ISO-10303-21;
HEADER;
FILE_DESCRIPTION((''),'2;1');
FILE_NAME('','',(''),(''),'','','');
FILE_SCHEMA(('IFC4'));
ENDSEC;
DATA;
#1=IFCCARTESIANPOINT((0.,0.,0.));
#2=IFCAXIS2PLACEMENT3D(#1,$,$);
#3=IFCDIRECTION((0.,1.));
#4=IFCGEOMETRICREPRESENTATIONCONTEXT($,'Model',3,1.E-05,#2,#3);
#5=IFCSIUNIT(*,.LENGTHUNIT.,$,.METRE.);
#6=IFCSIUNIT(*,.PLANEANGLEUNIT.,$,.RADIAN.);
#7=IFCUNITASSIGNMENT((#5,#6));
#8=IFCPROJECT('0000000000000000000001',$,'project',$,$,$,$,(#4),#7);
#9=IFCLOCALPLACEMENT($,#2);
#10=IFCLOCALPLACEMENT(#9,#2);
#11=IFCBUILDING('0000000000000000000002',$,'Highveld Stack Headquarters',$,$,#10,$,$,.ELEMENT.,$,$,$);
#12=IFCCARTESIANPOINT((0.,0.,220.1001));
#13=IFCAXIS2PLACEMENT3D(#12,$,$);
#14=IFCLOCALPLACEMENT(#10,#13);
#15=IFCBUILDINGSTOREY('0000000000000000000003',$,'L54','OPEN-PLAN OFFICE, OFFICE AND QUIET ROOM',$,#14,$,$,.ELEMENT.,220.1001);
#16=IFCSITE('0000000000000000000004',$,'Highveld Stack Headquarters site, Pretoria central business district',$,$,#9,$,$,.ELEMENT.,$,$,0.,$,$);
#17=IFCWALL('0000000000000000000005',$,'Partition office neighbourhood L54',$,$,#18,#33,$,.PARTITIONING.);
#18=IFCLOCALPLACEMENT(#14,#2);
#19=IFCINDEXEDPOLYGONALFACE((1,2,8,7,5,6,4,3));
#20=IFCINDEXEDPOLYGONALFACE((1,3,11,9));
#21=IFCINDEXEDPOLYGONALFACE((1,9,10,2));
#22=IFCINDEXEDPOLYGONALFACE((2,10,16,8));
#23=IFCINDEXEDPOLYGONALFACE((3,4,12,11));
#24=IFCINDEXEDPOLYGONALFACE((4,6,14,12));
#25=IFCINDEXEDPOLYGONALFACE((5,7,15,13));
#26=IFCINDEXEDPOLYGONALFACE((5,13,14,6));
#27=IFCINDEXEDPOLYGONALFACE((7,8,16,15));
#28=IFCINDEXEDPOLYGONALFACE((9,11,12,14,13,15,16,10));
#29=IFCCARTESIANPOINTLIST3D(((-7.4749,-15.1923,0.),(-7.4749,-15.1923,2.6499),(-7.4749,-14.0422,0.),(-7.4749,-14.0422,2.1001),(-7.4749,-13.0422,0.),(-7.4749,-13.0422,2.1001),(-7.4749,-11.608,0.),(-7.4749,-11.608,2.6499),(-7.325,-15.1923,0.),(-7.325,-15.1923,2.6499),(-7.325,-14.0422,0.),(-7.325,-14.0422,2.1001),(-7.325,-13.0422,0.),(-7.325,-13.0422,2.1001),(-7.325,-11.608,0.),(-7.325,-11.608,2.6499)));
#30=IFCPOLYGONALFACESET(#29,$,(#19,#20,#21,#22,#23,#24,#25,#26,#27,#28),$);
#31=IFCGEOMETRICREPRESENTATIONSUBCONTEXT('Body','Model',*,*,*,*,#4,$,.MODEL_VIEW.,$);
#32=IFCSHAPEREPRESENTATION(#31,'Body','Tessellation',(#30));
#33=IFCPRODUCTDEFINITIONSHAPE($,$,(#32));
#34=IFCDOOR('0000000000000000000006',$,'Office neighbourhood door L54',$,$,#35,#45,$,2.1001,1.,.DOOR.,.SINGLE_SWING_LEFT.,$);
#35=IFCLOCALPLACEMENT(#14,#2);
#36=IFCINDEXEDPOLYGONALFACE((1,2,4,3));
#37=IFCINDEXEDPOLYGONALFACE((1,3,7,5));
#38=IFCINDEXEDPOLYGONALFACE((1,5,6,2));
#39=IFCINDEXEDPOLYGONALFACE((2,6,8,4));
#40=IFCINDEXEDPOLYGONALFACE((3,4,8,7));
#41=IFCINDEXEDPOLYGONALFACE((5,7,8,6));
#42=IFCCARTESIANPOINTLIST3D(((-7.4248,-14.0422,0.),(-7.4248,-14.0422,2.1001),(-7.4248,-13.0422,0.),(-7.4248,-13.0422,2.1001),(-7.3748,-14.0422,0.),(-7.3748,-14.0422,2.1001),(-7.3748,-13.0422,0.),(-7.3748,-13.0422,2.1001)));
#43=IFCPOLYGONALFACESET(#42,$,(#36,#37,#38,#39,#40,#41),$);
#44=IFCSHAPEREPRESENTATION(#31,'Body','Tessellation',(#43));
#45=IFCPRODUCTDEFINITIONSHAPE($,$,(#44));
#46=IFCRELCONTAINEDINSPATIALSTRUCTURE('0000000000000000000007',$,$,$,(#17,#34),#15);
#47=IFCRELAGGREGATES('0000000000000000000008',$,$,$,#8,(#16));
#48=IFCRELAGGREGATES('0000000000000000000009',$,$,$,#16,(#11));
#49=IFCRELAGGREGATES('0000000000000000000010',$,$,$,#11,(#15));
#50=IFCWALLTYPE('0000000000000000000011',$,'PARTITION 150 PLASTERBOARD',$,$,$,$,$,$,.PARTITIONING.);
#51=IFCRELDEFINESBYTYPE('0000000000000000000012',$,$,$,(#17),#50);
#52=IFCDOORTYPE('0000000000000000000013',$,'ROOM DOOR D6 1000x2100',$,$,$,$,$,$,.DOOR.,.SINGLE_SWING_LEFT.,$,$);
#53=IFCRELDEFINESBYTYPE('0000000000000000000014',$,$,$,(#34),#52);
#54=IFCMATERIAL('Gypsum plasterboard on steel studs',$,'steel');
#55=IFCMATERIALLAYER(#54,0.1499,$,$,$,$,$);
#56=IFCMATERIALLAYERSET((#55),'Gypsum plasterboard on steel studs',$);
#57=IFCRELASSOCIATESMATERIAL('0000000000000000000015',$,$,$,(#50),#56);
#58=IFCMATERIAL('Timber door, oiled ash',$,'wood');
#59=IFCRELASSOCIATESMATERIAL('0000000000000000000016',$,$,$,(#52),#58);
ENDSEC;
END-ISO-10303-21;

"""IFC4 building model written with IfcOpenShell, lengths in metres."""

from ifc_helpers import new_model, si_unit, direction, frame, frame_2d, origin, place, context, subcontext, project, spatial, rectangle, extrude, material, layer, layer_set, type_object, element, fill, save


model = new_model("IFC4")

# Units and contexts
model_context = context("Model", 3, precision=1e-05, world=origin(), true_north=direction((0.0, 1.0)))
body_context = subcontext(model_context, "Body", "Model", "MODEL_VIEW")
ifc_project = project(units=[si_unit("LENGTHUNIT", "METRE"), si_unit("PLANEANGLEUNIT", "RADIAN")], contexts=[model_context])

# Site, building, storey
site_placement = place(None, origin())
site = spatial("IfcSite", under=ifc_project, at=site_placement, Name="Highveld Stack Headquarters site, Pretoria central business district", CompositionType="ELEMENT", RefElevation=0.0)
building_placement = place(site_placement, origin())
building = spatial("IfcBuilding", under=site, at=building_placement, Name="Highveld Stack Headquarters", CompositionType="ELEMENT")
storey_placement = place(building_placement, frame((0.0, 0.0, 220.1001)))
storey = spatial("IfcBuildingStorey", under=building, at=storey_placement, Name="L54", Description="OPEN-PLAN OFFICE, OFFICE AND QUIET ROOM", CompositionType="ELEMENT", Elevation=220.1001)

# Shared definitions
ifc_material_1 = material(Name="Gypsum plasterboard on steel studs", Category="steel")
ifc_layer_1 = layer(ifc_material_1, 0.1499)
ifc_layer_set_1 = layer_set([ifc_layer_1], Name="Gypsum plasterboard on steel studs")
wall_type = type_object("IfcWallType", Name="PARTITION 150 PLASTERBOARD", PredefinedType="PARTITIONING", material=ifc_layer_set_1)

# Shared definitions
ifc_material_2 = material(Name="Timber door, oiled ash", Category="wood")
door_type = type_object("IfcDoorType", Name="ROOM DOOR D6 1000x2100", OperationType="SINGLE_SWING_LEFT", PredefinedType="DOOR", material=ifc_material_2)

# Wall, opening, door
wall_1_placement = place(storey_placement, frame((-7.3999, -15.1921, 0.0), z_axis=(0.0, 0.0, 1.0), x_axis=(0.0, 1.0, 0.0)))
wall_1 = element("IfcWall", 1, at=wall_1_placement, inside=storey, type_object=wall_type, Name="Partition office neighbourhood L54", PredefinedType="PARTITIONING", context=body_context, shape_type="SweptSolid", body=[
    extrude(rectangle(XDim=3.5842, YDim=0.1499, at=frame_2d((1.792, 0.0))), origin(), (0.0, 0.0, 1.0), 2.6499),
])
opening_1_placement = place(wall_1_placement, frame((1.1499, 0.0, 0.0)))
opening_1 = element("IfcOpeningElement", 2, at=opening_1_placement, cuts=wall_1, PredefinedType="OPENING", context=body_context, shape_type="SweptSolid", body=[
    extrude(rectangle(XDim=1.0, YDim=2.1001, at=frame_2d((0.5, 1.05))), frame((0.0, 0.085, 0.0), z_axis=(0.0, -1.0, 0.0), x_axis=(1.0, 0.0, 0.0)), (0.0, 0.0, 1.0), 0.1699),
])
door_1_placement = place(opening_1_placement, origin())
door_1 = element("IfcDoor", 3, at=door_1_placement, inside=storey, type_object=door_type, Name="Office neighbourhood door L54", OperationType="SINGLE_SWING_LEFT", OverallHeight=2.1001, OverallWidth=1.0, PredefinedType="DOOR", context=body_context, shape_type="SweptSolid", body=[
    extrude(rectangle(XDim=1.0, YDim=2.1001, at=frame_2d((0.5, 1.05))), frame((0.0, 0.0249, 0.0), z_axis=(0.0, -1.0, 0.0), x_axis=(1.0, 0.0, 0.0)), (0.0, 0.0, 1.0), 0.05),
])
fill(opening_1, door_1)

save(model, "model.ifc")
